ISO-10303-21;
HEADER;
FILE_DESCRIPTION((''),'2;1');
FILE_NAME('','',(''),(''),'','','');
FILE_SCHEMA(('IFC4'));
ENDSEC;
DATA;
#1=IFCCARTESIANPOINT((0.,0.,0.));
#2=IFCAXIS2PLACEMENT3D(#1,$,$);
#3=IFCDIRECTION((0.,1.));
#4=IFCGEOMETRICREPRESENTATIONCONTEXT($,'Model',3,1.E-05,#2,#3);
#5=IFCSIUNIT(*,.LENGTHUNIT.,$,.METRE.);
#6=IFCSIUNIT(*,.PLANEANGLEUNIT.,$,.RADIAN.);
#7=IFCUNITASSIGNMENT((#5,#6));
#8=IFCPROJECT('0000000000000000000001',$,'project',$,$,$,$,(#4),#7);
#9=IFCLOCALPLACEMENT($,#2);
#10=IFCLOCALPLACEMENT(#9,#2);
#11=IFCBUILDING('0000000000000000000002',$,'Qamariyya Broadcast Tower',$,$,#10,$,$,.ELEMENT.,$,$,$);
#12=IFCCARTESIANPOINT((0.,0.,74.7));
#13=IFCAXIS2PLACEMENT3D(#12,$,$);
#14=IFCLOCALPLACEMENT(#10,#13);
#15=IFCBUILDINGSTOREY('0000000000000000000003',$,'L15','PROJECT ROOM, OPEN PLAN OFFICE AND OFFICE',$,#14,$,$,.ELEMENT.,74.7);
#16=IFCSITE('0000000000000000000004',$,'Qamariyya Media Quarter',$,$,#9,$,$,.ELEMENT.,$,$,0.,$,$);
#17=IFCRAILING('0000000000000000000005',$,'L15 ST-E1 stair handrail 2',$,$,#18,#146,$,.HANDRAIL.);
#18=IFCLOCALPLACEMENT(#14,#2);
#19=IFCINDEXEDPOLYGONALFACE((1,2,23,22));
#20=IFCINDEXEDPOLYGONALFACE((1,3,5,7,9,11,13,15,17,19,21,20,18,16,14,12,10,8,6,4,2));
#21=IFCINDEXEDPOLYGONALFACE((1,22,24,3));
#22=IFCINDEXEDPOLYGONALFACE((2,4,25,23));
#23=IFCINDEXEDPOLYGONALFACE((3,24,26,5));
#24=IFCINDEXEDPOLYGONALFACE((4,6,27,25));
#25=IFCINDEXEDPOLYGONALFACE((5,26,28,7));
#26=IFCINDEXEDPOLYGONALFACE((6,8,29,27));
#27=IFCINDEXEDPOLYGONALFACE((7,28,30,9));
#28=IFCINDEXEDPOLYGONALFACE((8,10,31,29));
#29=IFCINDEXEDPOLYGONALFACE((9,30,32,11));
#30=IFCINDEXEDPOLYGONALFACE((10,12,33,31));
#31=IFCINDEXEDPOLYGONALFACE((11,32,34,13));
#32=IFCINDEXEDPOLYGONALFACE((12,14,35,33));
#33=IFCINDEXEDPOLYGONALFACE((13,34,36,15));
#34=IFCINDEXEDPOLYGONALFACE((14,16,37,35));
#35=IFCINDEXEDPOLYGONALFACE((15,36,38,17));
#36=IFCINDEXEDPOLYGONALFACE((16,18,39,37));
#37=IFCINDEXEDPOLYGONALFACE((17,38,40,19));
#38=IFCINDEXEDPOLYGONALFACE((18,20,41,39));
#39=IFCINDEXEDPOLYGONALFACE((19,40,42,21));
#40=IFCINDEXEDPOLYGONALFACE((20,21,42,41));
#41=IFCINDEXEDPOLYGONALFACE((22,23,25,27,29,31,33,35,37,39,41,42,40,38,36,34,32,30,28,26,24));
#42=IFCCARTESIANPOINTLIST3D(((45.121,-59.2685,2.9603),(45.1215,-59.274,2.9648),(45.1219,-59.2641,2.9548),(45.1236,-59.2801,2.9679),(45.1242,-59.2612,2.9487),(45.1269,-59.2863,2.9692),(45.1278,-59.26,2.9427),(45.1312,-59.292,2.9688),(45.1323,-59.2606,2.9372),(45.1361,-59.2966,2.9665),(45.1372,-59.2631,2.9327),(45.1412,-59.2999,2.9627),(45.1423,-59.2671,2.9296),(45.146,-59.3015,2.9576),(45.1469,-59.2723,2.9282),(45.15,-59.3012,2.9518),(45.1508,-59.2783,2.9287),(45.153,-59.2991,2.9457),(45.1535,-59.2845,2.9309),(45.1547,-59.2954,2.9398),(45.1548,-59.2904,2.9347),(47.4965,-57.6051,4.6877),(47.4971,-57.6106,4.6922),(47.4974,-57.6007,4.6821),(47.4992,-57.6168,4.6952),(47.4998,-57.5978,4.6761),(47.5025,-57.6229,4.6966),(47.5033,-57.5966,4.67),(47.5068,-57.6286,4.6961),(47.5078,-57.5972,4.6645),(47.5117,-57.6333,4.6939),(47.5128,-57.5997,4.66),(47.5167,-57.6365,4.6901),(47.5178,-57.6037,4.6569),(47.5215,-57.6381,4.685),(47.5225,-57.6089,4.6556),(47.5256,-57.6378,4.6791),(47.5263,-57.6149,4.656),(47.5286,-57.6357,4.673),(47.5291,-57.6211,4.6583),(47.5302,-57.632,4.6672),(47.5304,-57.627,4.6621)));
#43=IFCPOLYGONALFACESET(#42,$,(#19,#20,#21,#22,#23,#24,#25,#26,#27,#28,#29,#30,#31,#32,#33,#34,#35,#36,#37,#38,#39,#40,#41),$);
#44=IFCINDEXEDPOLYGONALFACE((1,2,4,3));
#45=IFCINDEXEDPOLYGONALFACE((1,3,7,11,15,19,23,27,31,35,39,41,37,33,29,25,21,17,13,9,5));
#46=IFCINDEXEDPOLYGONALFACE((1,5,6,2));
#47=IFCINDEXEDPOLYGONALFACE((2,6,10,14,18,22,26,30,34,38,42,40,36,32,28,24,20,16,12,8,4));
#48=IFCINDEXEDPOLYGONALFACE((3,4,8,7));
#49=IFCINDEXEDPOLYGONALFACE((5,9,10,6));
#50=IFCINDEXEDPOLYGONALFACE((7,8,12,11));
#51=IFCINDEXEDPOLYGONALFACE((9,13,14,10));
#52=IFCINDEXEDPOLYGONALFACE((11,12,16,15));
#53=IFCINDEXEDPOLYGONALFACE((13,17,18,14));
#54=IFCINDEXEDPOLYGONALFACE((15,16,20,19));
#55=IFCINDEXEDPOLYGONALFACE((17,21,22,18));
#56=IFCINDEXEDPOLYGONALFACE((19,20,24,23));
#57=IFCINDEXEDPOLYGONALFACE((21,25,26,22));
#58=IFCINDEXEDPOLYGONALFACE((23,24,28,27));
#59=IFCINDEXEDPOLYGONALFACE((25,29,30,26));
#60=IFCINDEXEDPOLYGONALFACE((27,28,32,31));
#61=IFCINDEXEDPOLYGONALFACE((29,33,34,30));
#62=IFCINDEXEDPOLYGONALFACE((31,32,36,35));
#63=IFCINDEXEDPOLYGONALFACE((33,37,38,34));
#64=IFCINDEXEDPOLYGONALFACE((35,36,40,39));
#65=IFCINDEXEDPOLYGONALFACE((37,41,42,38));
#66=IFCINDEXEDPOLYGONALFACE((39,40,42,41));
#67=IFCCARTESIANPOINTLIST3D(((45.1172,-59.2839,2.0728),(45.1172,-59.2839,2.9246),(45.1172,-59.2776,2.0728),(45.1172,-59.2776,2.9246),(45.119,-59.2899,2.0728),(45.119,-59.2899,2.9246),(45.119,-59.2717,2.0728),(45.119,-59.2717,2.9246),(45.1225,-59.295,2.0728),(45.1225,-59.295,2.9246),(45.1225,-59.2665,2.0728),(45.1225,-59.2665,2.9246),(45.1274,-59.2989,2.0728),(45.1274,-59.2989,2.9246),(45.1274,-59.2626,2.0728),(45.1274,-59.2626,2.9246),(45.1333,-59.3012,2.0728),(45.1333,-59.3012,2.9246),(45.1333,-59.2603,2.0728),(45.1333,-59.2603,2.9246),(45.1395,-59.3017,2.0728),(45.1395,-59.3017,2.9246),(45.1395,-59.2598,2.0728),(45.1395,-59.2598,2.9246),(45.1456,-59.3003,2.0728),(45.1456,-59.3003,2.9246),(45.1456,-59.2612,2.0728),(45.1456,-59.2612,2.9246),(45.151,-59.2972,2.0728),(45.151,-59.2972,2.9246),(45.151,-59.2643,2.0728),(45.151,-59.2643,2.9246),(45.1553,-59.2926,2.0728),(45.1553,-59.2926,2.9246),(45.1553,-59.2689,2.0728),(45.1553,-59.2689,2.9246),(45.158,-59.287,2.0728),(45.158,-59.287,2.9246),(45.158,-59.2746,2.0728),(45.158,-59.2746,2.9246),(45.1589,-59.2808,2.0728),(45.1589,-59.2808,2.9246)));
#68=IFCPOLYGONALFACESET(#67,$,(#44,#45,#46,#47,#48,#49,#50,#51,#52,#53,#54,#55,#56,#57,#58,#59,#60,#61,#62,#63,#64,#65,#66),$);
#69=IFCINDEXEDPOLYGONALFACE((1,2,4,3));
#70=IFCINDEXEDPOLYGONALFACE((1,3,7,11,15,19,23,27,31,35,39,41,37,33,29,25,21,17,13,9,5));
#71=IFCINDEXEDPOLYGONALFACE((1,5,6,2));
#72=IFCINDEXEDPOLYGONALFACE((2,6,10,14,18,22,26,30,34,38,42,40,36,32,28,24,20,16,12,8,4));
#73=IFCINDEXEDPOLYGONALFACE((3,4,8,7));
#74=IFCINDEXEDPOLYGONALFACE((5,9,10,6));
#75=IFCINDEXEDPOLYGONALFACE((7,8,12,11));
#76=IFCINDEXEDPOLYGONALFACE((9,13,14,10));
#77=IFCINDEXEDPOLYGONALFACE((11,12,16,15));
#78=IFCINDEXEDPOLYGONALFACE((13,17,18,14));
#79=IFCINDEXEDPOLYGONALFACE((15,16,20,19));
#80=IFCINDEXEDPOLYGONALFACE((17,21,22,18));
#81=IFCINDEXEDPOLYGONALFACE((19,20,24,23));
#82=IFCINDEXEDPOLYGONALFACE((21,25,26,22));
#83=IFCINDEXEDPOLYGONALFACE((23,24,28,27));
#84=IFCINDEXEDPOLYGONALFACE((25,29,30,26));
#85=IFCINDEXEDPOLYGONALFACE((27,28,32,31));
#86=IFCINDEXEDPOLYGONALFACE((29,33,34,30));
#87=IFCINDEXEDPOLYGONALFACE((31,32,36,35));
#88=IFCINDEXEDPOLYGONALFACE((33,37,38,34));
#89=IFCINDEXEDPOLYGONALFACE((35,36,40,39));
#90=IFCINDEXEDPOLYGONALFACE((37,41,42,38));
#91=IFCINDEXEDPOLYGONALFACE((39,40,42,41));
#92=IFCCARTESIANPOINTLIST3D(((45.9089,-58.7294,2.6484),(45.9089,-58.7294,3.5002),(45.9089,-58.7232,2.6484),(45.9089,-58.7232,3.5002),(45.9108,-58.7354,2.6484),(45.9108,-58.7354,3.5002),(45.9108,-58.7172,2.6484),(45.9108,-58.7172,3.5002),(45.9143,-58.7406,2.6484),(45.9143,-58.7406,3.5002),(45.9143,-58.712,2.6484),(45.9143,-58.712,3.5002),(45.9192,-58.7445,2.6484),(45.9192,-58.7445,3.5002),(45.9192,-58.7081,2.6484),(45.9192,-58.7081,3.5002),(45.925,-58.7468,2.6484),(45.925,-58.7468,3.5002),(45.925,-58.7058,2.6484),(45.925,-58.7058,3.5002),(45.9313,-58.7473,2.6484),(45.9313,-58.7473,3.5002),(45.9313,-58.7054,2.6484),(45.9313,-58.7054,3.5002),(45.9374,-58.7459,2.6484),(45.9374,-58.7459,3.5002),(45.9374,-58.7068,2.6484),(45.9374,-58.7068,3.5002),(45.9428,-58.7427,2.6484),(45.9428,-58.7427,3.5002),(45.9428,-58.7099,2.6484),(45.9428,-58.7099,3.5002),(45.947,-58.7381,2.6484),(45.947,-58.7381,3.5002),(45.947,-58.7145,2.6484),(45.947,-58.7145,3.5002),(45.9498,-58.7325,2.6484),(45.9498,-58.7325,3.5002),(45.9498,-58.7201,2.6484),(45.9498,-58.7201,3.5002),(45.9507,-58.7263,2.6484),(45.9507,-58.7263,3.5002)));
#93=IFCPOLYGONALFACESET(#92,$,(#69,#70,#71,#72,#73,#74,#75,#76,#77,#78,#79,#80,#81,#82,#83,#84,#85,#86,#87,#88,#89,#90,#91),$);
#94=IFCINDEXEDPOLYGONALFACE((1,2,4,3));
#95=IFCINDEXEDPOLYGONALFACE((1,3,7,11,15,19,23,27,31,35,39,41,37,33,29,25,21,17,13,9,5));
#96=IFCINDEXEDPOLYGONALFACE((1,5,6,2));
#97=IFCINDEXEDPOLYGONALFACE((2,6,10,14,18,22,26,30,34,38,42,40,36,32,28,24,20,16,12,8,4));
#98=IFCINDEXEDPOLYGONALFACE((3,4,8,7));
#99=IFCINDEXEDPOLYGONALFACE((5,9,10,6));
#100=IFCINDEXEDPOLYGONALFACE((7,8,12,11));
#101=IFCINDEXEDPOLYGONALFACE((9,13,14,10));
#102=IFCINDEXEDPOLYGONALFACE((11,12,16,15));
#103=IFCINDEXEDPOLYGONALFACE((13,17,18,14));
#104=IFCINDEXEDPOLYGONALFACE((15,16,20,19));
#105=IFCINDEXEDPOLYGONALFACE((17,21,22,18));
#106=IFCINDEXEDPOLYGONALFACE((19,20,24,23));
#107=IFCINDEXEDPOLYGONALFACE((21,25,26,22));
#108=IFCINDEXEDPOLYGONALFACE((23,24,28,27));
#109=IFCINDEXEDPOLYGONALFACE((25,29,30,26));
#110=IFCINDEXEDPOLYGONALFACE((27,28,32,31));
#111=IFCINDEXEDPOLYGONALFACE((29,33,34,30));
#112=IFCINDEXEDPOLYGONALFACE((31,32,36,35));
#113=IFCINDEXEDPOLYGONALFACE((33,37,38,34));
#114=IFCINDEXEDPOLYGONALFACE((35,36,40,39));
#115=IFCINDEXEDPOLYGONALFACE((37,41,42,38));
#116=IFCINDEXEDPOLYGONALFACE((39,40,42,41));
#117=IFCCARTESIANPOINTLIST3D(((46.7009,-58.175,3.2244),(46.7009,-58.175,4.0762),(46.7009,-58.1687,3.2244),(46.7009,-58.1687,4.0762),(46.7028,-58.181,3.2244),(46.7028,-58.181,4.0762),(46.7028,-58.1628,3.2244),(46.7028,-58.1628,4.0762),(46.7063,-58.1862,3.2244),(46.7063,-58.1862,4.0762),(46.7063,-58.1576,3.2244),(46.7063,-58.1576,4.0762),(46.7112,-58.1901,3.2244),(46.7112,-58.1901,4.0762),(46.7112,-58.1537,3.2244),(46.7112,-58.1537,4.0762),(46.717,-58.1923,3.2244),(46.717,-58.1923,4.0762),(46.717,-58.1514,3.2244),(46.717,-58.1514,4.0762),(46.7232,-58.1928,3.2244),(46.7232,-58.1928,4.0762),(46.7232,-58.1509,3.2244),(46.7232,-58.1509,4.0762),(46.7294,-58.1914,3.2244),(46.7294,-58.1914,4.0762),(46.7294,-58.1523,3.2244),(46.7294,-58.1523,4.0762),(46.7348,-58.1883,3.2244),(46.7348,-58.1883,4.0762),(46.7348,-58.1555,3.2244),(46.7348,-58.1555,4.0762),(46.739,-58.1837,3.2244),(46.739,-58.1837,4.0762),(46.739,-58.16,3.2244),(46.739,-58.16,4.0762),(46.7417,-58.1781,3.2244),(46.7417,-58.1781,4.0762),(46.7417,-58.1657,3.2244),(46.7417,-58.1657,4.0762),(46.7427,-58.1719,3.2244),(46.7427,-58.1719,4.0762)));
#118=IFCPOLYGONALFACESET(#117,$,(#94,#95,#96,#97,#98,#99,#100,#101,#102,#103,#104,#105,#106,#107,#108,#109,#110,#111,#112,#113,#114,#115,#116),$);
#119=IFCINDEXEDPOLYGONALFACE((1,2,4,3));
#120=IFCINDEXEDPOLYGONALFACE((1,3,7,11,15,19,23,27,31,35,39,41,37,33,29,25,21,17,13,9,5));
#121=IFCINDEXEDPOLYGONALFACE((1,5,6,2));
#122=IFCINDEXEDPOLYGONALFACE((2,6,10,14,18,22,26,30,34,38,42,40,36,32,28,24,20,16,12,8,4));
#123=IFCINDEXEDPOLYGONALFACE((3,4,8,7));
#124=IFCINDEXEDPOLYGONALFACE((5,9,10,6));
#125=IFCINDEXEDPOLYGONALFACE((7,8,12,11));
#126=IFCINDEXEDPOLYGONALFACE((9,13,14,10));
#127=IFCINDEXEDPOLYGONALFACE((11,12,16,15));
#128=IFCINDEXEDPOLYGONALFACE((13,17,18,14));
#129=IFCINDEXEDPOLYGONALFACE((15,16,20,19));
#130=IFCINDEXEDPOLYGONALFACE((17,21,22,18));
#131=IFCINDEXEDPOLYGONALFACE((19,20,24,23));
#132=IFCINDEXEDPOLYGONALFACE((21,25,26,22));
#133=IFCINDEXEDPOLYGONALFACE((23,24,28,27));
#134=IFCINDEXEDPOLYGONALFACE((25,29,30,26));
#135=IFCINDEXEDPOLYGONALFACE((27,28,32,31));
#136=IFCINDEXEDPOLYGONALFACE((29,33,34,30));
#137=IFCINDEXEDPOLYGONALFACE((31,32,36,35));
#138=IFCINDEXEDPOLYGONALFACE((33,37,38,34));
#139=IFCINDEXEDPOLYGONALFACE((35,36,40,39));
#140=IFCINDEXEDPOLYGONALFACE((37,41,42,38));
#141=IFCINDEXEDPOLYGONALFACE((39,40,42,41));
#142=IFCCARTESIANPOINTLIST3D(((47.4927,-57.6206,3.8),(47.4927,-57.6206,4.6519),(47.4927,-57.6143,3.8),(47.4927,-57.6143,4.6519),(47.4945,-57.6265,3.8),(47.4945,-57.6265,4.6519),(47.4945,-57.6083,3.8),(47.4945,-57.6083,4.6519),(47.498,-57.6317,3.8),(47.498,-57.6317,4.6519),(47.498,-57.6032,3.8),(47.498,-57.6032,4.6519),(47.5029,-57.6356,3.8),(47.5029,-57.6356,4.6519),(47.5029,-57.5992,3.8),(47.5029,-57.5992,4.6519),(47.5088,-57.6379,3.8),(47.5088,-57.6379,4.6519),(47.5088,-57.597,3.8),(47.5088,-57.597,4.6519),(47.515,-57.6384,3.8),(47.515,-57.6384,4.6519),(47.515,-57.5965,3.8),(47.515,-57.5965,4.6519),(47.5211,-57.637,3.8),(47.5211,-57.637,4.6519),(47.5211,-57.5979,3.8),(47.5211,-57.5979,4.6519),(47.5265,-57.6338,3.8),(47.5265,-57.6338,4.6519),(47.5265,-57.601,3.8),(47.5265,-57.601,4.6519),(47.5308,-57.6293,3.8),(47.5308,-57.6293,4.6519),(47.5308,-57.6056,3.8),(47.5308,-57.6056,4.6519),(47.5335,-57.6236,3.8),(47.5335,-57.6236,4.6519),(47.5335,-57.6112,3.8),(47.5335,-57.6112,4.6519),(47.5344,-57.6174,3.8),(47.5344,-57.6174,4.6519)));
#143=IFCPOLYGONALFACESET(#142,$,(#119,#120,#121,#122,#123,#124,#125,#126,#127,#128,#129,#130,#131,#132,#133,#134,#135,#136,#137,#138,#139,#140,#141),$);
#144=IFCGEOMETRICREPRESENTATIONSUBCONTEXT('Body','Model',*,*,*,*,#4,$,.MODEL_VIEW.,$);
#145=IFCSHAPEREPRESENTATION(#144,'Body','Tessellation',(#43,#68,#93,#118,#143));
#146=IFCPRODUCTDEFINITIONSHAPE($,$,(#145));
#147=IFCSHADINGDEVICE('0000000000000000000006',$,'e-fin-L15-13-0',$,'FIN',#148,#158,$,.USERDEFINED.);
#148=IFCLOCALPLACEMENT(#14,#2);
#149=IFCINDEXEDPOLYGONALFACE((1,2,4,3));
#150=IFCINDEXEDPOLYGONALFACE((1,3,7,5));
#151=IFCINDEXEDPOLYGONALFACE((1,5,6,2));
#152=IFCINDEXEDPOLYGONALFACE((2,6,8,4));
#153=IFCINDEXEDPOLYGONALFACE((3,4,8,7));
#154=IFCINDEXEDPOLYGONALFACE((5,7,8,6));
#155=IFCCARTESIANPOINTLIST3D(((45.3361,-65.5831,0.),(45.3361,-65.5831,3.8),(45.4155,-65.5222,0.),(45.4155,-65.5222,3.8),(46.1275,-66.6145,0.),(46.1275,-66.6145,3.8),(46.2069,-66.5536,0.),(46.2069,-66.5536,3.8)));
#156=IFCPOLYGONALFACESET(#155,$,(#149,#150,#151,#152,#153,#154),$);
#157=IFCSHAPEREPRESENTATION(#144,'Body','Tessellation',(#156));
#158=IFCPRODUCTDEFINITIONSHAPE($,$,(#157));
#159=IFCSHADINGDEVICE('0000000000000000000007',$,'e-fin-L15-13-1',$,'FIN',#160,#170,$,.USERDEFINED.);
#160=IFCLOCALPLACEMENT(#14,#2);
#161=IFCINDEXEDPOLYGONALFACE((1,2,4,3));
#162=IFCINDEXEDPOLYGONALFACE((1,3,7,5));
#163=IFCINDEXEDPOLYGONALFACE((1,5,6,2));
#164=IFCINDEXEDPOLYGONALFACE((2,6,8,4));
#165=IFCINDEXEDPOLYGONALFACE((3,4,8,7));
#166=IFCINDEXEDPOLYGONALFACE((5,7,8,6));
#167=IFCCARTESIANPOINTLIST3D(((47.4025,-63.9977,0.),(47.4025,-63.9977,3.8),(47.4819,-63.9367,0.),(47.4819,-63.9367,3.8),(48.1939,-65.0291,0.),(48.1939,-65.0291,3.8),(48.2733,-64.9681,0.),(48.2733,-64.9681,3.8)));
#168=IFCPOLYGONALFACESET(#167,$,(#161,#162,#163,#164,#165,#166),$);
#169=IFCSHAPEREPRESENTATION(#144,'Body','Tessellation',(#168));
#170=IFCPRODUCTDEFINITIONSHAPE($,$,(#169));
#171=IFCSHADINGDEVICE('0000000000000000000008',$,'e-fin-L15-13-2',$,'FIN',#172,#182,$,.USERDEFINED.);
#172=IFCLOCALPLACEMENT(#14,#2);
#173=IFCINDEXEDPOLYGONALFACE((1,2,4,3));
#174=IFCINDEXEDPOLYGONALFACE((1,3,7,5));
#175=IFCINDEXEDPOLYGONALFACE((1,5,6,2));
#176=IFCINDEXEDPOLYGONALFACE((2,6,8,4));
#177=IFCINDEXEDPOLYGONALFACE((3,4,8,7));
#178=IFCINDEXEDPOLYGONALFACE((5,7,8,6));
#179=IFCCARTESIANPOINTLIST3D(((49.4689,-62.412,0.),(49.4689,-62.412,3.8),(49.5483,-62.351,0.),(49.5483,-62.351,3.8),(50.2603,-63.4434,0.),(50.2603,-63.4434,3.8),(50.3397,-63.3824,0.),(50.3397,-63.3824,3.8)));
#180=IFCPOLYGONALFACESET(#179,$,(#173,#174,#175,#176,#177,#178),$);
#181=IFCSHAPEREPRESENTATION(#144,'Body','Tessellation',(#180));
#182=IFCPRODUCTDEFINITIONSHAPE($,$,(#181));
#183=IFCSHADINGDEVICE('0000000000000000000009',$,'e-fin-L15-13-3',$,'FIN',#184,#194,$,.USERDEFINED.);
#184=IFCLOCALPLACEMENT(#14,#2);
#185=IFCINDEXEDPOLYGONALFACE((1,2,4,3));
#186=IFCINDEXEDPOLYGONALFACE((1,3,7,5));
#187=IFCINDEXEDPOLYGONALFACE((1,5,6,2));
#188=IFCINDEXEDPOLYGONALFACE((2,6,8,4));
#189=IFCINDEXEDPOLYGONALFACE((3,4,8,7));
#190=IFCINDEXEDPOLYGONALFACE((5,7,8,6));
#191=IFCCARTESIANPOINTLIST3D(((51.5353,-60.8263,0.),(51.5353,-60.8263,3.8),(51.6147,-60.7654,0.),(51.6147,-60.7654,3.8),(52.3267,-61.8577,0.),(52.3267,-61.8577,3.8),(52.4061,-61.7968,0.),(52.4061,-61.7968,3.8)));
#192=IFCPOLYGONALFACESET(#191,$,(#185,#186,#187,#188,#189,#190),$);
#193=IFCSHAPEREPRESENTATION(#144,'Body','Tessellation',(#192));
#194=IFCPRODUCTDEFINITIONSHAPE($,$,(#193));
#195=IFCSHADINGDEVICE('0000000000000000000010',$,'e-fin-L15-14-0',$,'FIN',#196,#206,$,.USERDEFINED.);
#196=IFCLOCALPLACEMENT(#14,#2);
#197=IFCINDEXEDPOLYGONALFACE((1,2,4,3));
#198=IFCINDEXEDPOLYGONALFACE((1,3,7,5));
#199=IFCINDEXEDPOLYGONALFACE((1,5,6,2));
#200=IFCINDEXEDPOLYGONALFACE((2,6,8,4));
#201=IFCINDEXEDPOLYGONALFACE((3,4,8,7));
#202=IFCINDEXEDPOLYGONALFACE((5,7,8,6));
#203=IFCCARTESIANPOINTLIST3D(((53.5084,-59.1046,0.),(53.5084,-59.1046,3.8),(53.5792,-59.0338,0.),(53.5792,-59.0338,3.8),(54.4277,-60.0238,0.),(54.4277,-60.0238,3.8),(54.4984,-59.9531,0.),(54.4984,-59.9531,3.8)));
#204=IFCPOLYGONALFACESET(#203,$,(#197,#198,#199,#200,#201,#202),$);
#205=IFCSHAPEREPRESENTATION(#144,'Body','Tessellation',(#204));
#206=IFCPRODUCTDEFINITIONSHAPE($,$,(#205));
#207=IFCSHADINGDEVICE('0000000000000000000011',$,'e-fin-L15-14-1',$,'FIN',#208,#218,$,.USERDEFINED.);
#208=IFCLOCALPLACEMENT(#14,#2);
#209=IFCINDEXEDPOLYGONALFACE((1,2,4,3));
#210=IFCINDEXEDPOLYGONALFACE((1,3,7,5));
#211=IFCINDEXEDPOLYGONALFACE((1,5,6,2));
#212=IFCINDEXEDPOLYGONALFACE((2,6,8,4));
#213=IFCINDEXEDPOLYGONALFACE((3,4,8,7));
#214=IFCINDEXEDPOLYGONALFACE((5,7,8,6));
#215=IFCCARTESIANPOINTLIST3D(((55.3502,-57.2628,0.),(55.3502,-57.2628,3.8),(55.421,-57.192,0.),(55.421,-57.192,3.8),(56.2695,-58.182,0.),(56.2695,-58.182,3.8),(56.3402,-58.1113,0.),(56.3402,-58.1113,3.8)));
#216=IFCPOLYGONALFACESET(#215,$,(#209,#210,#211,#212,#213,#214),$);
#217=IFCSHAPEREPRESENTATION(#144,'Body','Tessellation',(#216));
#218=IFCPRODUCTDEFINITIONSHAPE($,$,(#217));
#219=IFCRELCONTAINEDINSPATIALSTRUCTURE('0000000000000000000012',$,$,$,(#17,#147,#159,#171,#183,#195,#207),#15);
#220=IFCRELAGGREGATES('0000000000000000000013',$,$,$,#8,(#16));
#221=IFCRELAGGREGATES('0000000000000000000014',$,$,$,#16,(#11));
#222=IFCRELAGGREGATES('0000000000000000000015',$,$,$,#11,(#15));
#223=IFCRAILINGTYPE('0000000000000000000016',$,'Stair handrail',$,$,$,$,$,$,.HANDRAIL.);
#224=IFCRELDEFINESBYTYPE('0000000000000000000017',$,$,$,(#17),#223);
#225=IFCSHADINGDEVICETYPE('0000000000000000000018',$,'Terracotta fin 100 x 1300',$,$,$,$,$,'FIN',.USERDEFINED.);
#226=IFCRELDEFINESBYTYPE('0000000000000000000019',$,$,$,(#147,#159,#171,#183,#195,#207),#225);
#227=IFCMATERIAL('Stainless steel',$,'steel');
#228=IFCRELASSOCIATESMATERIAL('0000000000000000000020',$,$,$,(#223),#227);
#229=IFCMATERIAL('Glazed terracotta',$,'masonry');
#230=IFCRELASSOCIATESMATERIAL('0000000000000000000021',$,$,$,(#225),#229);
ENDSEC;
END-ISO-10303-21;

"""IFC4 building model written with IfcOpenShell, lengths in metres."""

from ifc_helpers import new_model, si_unit, direction, frame, origin, origin_2d, place, context, subcontext, project, spatial, rectangle, circle, extrude, material, material_profile, profile_set, type_object, element, save


model = new_model("IFC4")

# Units and contexts
model_context = context("Model", 3, precision=1e-05, world=origin(), true_north=direction((0.0, 1.0)))
body_context = subcontext(model_context, "Body", "Model", "MODEL_VIEW")
ifc_project = project(units=[si_unit("LENGTHUNIT", "METRE"), si_unit("PLANEANGLEUNIT", "RADIAN")], contexts=[model_context])

# Site, building, storey
site_placement = place(None, origin())
site = spatial("IfcSite", under=ifc_project, at=site_placement, Name="Qamariyya Media Quarter", CompositionType="ELEMENT", RefElevation=0.0)
building_placement = place(site_placement, origin())
building = spatial("IfcBuilding", under=site, at=building_placement, Name="Qamariyya Broadcast Tower", CompositionType="ELEMENT")
storey_placement = place(building_placement, frame((0.0, 0.0, 74.7)))
storey = spatial("IfcBuildingStorey", under=building, at=storey_placement, Name="L15", Description="PROJECT ROOM, OPEN PLAN OFFICE AND OFFICE", CompositionType="ELEMENT", Elevation=74.7)

# Railing
ifc_material_1 = material(Name="Stainless steel", Category="steel")
railing_type_1 = type_object("IfcRailingType", Name="Stair handrail", PredefinedType="HANDRAIL", material=ifc_material_1)
railing_1_placement = place(storey_placement, frame((45.1379, -59.2808, 2.0728)))
element("IfcRailing", 1, at=railing_1_placement, inside=storey, type_object=railing_type_1, Name="L15 ST-E1 stair handrail 2", PredefinedType="HANDRAIL", context=body_context, shape_type="SweptSolid", body=[
    extrude(circle(Radius=0.0239, at=origin_2d()), frame((0.0, 0.0, 0.876), z_axis=(0.70377, 0.492784, 0.511734), x_axis=(-0.573575, 0.819153, 0.0)), (0.0, 0.0, 1.0), 3.3755),
    extrude(circle(Radius=0.021, at=origin_2d()), origin(), (0.0, 0.0, 1.0), 0.8518),
    extrude(circle(Radius=0.021, at=origin_2d()), frame((0.7917, 0.5544, 0.5757)), (0.0, 0.0, 1.0), 0.8518),
    extrude(circle(Radius=0.021, at=origin_2d()), frame((1.5837, 1.1089, 1.1516)), (0.0, 0.0, 1.0), 0.8518),
    extrude(circle(Radius=0.021, at=origin_2d()), frame((2.3755, 1.6633, 1.7273)), (0.0, 0.0, 1.0), 0.8518),
])

# Shading devices
ifc_material_2 = material(Name="Glazed terracotta", Category="masonry")
ifc_material_profile_1 = material_profile(ifc_material_2, rectangle(XDim=1.3, YDim=0.1001, at=origin_2d()))
ifc_profile_set_1 = profile_set([ifc_material_profile_1], Name="Glazed terracotta")
shading_device_type_1 = type_object("IfcShadingDeviceType", Name="Terracotta fin 100 x 1300", ElementType="FIN", PredefinedType="USERDEFINED", material=ifc_profile_set_1)
for number, where, z_axis, x_axis, name in (
    (2, (45.7715, -66.0684, 0.0), (0.0, 0.0, 1.0), (0.608761, -0.793353, 0.0), "e-fin-L15-13-0"),
    (3, (47.8379, -64.4829, 0.0), (0.0, 0.0, 1.0), (0.608761, -0.793353, 0.0), "e-fin-L15-13-1"),
    (4, (49.9043, -62.8972, 0.0), (0.0, 0.0, 1.0), (0.608761, -0.793353, 0.0), "e-fin-L15-13-2"),
    (5, (51.9707, -61.3115, 0.0), (0.0, 0.0, 1.0), (0.608761, -0.793353, 0.0), "e-fin-L15-13-3"),
    (6, (54.0034, -59.5288, 0.0), (0.0, 0.0, 1.0), (0.707107, -0.707107, 0.0), "e-fin-L15-14-0"),
    (7, (55.8452, -57.687, 0.0), (0.0, 0.0, 1.0), (0.707107, -0.707107, 0.0), "e-fin-L15-14-1"),
):
    element("IfcShadingDevice", number, at=place(storey_placement, frame(where, z_axis=z_axis, x_axis=x_axis)), inside=storey, type_object=shading_device_type_1, Name=name, ObjectType="FIN", PredefinedType="USERDEFINED", context=body_context, shape_type="SweptSolid", body=[
        extrude(rectangle(XDim=1.3, YDim=0.1001, at=origin_2d()), origin(), (0.0, 0.0, 1.0), 3.8),
    ])

save(model, "model.ifc")
